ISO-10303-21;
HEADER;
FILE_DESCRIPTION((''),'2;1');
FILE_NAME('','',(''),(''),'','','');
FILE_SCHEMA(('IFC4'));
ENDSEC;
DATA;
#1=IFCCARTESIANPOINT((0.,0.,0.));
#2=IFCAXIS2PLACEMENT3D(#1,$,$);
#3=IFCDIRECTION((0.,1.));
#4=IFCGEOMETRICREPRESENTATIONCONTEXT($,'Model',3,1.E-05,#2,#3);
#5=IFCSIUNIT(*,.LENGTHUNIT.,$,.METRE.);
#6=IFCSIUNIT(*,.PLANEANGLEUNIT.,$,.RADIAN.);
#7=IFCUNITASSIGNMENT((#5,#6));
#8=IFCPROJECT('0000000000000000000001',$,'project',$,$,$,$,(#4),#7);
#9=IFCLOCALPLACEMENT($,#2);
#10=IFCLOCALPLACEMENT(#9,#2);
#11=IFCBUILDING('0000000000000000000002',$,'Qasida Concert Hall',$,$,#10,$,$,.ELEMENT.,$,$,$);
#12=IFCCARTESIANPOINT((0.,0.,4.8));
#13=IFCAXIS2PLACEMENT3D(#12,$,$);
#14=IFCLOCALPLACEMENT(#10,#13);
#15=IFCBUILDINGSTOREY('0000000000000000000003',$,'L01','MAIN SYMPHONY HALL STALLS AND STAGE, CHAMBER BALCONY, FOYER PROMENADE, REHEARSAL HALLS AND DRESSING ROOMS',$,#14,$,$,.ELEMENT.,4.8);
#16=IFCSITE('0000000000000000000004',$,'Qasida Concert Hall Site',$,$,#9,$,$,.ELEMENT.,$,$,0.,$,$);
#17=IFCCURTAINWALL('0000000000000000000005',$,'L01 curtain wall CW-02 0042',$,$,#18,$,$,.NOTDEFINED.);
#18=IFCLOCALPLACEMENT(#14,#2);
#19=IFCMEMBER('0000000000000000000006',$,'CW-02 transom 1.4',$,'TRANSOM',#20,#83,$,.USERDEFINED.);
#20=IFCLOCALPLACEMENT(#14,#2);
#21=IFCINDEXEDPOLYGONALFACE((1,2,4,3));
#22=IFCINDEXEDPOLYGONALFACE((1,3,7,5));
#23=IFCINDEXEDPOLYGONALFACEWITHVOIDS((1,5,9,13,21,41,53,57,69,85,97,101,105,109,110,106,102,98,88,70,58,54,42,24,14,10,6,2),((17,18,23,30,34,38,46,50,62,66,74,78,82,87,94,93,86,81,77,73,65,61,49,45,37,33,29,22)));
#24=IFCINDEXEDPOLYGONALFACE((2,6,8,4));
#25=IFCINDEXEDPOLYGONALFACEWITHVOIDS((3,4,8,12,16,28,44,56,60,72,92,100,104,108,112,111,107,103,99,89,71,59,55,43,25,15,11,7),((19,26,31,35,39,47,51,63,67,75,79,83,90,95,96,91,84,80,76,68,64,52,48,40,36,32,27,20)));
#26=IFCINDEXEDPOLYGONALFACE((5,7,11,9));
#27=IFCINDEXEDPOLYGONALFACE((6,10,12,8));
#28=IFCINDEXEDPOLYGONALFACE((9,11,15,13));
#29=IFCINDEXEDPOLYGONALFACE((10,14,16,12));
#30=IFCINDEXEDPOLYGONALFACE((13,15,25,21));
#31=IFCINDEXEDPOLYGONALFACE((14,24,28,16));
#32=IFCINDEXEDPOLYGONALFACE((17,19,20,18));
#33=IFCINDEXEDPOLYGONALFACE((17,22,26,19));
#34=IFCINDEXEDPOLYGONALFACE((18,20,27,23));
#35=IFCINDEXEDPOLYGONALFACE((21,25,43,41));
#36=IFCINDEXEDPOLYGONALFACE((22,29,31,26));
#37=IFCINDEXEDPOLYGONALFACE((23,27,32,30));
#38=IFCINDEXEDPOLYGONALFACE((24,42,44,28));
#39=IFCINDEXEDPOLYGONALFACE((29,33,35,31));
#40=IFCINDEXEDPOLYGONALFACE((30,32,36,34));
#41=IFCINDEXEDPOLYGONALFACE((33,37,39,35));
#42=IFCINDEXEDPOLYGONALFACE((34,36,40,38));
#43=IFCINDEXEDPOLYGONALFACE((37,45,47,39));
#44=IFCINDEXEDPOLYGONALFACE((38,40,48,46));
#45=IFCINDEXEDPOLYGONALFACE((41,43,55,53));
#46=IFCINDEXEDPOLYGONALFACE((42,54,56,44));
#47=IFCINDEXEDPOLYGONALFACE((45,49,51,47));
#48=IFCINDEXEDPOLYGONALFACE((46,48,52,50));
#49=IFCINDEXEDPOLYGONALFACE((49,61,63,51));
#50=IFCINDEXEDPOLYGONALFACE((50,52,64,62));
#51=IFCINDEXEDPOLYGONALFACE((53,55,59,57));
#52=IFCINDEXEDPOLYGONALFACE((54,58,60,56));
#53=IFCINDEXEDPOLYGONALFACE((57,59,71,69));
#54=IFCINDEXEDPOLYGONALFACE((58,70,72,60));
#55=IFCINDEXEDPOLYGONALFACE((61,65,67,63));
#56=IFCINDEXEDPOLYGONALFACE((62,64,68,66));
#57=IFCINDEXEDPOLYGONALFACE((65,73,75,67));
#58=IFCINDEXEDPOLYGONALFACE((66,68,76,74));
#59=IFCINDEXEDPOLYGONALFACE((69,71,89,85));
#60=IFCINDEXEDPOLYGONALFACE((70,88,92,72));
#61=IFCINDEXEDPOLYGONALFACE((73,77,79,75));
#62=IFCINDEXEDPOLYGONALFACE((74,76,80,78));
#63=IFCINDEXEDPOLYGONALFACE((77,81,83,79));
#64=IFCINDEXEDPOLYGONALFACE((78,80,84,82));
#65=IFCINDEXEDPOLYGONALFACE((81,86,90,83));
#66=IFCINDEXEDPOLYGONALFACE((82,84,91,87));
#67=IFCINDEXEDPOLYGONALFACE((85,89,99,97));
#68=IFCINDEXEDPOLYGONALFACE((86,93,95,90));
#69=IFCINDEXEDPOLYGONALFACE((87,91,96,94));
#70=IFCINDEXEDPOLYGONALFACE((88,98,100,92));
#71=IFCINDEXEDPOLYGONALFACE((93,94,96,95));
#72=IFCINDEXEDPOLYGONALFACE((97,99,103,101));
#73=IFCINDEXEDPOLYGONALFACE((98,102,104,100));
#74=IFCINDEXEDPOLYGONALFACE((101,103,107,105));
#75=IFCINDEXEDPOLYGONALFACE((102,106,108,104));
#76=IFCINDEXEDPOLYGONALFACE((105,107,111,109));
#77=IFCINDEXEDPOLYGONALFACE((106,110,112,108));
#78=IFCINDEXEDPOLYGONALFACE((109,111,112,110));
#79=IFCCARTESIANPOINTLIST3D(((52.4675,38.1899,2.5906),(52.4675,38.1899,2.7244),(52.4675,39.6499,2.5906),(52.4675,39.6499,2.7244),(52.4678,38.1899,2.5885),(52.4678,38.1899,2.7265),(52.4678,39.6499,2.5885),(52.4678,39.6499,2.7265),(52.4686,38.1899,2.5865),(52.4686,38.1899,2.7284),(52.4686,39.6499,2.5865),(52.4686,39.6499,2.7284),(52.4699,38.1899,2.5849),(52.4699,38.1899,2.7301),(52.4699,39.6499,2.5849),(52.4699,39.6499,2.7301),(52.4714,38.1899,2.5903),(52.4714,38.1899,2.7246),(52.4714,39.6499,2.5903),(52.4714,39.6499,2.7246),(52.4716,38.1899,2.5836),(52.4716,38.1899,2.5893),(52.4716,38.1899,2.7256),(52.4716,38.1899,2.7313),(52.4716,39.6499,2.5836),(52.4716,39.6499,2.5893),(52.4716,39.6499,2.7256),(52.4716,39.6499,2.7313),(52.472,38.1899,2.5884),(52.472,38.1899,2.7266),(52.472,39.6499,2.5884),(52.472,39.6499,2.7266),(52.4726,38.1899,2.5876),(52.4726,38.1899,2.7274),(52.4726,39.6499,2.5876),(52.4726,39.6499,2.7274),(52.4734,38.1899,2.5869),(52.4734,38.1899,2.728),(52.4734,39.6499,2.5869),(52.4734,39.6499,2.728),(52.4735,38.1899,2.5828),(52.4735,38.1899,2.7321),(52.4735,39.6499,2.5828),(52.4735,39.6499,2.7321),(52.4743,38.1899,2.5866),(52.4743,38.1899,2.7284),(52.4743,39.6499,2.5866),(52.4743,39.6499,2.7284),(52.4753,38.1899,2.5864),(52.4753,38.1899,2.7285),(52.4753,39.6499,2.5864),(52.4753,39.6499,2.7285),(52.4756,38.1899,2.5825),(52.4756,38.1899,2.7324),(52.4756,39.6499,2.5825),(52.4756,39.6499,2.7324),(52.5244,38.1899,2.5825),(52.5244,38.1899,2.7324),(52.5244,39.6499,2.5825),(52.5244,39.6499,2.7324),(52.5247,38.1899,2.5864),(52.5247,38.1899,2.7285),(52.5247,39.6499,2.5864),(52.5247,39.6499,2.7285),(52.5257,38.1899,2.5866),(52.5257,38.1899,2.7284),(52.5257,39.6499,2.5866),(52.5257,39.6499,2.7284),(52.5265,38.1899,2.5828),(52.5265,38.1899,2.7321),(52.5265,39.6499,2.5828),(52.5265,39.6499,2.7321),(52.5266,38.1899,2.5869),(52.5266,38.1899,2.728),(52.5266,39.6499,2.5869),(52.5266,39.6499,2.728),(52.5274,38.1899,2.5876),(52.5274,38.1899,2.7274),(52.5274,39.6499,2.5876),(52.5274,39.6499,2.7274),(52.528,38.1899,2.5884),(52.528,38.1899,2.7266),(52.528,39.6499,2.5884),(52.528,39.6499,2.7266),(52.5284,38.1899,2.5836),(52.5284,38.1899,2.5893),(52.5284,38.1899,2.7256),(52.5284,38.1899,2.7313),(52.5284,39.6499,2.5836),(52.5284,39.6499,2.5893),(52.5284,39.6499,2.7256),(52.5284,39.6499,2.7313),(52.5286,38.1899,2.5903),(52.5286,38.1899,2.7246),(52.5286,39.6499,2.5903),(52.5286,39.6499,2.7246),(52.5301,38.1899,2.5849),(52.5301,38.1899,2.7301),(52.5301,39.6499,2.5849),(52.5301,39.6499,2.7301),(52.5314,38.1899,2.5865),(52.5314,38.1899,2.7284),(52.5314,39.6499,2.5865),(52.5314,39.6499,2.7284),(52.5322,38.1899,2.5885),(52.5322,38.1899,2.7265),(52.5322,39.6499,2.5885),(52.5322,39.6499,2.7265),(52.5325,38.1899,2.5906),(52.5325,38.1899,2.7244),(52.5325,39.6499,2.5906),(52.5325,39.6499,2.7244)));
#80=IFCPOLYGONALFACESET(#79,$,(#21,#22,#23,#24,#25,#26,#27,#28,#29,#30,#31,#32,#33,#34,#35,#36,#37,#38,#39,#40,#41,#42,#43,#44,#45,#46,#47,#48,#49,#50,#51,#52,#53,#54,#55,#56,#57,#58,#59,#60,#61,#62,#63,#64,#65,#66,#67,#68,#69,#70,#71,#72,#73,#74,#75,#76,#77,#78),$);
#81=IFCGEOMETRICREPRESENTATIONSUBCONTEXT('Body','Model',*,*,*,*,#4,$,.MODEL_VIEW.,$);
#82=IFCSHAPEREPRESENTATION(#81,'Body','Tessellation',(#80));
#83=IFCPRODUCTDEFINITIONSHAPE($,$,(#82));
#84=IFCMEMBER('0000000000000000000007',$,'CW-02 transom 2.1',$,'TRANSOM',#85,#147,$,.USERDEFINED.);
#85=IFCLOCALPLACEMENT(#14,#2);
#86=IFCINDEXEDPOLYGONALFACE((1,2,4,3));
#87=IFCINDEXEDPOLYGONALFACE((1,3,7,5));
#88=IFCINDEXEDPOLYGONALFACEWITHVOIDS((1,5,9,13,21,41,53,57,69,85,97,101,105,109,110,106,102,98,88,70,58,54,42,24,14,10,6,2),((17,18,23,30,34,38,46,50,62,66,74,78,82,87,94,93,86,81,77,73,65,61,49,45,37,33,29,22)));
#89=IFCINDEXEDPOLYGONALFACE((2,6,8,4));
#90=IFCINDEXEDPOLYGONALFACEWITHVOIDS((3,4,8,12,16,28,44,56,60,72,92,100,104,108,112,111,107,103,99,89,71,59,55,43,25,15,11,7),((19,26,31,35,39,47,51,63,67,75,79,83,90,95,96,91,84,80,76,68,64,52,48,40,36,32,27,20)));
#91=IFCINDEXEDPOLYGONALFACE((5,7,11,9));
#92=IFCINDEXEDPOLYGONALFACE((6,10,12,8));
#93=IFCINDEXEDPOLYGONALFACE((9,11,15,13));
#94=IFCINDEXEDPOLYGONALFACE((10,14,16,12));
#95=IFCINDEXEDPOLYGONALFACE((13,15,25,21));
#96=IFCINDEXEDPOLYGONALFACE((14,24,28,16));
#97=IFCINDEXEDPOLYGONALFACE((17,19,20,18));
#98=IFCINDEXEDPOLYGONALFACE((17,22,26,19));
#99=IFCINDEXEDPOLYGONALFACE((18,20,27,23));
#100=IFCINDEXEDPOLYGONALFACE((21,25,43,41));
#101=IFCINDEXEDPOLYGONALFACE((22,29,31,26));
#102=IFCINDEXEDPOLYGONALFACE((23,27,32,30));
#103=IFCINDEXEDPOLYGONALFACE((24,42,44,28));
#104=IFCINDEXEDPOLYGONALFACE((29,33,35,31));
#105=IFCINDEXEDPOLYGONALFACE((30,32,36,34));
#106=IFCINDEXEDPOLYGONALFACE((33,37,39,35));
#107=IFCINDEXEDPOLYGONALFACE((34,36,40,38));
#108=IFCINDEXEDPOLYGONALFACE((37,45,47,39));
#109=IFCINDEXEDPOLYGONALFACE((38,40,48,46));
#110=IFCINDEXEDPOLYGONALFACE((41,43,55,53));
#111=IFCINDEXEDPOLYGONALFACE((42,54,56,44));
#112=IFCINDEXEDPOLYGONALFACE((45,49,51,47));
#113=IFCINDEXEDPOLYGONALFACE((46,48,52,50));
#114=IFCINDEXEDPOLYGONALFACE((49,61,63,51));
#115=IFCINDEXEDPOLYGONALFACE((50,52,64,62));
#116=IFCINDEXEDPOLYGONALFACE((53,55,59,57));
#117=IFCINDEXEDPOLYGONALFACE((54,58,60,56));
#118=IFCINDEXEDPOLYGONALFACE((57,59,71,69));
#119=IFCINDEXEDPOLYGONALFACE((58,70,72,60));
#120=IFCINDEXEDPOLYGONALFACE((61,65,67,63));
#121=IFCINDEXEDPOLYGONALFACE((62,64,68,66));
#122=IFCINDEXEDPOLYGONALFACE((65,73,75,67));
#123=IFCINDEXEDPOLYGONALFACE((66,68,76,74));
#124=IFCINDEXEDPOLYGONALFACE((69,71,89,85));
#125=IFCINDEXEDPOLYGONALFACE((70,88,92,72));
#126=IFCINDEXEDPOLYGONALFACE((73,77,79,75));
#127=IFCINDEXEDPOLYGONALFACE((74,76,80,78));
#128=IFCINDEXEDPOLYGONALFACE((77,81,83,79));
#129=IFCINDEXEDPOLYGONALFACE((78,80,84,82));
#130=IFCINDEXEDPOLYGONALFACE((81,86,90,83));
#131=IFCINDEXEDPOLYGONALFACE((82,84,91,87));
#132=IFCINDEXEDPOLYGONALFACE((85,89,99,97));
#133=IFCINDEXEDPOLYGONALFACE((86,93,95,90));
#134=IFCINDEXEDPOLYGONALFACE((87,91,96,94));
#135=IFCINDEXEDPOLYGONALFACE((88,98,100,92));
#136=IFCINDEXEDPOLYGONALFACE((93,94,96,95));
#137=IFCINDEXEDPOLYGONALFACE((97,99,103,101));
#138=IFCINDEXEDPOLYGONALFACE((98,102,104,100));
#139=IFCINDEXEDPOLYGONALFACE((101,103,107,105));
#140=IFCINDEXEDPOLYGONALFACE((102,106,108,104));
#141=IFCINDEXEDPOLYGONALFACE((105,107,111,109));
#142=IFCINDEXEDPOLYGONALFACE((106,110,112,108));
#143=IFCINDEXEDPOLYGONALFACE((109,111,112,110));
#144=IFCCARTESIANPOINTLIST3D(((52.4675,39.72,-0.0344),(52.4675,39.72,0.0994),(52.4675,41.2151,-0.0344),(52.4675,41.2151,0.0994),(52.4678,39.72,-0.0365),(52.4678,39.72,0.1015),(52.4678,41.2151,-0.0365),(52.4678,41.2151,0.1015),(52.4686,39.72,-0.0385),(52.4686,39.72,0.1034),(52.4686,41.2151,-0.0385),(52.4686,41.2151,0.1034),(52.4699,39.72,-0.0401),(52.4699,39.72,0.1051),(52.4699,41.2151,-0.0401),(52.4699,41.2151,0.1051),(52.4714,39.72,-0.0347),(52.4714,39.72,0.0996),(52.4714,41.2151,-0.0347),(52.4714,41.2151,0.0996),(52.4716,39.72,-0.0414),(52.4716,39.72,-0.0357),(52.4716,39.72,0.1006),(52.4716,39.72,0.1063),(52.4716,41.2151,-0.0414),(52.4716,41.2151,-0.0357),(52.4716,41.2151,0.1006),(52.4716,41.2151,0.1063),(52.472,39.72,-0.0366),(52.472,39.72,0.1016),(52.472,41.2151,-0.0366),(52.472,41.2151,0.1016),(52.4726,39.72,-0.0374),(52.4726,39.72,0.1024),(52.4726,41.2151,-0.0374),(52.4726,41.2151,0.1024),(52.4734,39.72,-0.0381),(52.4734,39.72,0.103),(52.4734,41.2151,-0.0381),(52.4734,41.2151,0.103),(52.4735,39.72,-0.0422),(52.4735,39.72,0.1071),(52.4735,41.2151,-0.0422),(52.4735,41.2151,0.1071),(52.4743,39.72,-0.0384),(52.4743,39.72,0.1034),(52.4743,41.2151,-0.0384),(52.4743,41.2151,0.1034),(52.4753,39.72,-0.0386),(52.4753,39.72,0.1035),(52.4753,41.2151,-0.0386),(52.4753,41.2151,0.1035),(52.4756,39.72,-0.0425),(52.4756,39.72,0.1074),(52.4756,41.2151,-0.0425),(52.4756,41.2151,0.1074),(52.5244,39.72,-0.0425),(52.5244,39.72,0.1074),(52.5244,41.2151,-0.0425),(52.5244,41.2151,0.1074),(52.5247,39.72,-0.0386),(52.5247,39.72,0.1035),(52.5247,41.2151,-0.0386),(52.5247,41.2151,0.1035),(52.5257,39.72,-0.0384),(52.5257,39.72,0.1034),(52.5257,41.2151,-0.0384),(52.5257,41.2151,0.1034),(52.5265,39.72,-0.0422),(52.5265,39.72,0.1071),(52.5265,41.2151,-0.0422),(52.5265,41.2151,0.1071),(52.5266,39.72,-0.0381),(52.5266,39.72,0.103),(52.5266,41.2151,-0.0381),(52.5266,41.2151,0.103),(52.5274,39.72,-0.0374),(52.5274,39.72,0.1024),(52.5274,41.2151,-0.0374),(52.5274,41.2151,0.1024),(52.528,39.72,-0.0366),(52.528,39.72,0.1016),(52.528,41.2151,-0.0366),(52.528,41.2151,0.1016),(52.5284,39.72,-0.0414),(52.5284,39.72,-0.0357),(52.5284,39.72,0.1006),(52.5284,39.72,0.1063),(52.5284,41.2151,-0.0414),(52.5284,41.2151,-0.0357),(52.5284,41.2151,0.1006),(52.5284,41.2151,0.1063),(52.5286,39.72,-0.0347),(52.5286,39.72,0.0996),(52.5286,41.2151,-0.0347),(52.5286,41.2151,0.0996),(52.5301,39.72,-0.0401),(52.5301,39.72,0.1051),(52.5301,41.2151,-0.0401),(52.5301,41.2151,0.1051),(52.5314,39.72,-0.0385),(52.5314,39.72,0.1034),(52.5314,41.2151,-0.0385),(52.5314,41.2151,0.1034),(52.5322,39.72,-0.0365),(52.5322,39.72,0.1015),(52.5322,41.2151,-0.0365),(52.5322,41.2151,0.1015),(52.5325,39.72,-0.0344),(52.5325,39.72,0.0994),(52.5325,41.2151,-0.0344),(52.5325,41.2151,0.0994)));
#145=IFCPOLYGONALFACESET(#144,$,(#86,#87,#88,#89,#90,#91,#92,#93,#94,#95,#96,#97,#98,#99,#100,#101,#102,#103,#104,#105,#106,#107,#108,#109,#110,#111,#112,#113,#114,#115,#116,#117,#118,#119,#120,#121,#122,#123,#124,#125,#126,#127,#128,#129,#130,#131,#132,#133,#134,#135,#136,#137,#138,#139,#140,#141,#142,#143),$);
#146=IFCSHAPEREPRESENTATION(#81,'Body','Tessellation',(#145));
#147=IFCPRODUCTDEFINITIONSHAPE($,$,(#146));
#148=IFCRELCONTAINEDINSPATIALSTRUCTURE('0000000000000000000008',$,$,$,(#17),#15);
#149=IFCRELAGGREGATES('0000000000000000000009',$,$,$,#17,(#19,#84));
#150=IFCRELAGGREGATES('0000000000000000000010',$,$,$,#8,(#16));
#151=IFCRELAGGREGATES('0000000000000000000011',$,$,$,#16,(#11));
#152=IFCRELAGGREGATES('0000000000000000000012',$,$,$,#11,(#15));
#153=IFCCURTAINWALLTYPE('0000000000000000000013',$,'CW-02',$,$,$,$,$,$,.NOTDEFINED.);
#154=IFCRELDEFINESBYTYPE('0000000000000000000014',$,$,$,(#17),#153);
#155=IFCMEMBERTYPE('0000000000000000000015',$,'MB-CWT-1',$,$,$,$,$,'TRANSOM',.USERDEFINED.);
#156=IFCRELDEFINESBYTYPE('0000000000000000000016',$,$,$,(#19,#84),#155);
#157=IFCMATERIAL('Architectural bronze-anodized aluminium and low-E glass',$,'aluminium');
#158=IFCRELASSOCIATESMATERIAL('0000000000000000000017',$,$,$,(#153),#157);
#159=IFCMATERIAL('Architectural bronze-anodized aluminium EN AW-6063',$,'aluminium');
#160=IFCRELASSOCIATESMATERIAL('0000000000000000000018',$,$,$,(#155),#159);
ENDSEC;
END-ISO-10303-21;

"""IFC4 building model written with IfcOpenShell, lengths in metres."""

from ifc_helpers import new_model, si_unit, direction, frame, origin, origin_2d, place, context, subcontext, project, spatial, hollow_rectangle, extrude, material, material_profile, profile_set, type_object, element, aggregate, save


model = new_model("IFC4")

# Units and contexts
model_context = context("Model", 3, precision=1e-05, world=origin(), true_north=direction((0.0, 1.0)))
body_context = subcontext(model_context, "Body", "Model", "MODEL_VIEW")
ifc_project = project(units=[si_unit("LENGTHUNIT", "METRE"), si_unit("PLANEANGLEUNIT", "RADIAN")], contexts=[model_context])

# Site, building, storey
site_placement = place(None, origin())
site = spatial("IfcSite", under=ifc_project, at=site_placement, Name="Qasida Concert Hall Site", CompositionType="ELEMENT", RefElevation=0.0)
building_placement = place(site_placement, origin())
building = spatial("IfcBuilding", under=site, at=building_placement, Name="Qasida Concert Hall", CompositionType="ELEMENT")
storey_placement = place(building_placement, frame((0.0, 0.0, 4.8)))
storey = spatial("IfcBuildingStorey", under=building, at=storey_placement, Name="L01", Description="MAIN SYMPHONY HALL STALLS AND STAGE, CHAMBER BALCONY, FOYER PROMENADE, REHEARSAL HALLS AND DRESSING ROOMS", CompositionType="ELEMENT", Elevation=4.8)

# Curtain wall, members
ifc_material_1 = material(Name="Architectural bronze-anodized aluminium and low-E glass", Category="aluminium")
curtain_wall_type = type_object("IfcCurtainWallType", Name="CW-02", PredefinedType="NOTDEFINED", material=ifc_material_1)
curtain_wall_placement = place(storey_placement, origin())
curtain_wall = element("IfcCurtainWall", 1, at=curtain_wall_placement, inside=storey, type_object=curtain_wall_type, Name="L01 curtain wall CW-02 0042", PredefinedType="NOTDEFINED")
ifc_material_2 = material(Name="Architectural bronze-anodized aluminium EN AW-6063", Category="aluminium")
ifc_material_profile_1 = material_profile(ifc_material_2, hollow_rectangle(XDim=0.0649, YDim=0.1499, WallThickness=0.0039, InnerFilletRadius=0.0039, OuterFilletRadius=0.0081, at=origin_2d()), Name="CWT 150x65x4")
ifc_profile_set_1 = profile_set([ifc_material_profile_1], Name="Architectural bronze-anodized aluminium EN AW-6063")
member_type_1 = type_object("IfcMemberType", Name="MB-CWT-1", ElementType="TRANSOM", PredefinedType="USERDEFINED", material=ifc_profile_set_1)
member_1_placement = place(storey_placement, frame((52.5, 38.1899, 2.6575), z_axis=(0.0, 1.0, 0.0), x_axis=(-1.0, 0.0, 0.0)))
member_1 = element("IfcMember", 2, at=member_1_placement, type_object=member_type_1, Name="CW-02 transom 1.4", ObjectType="TRANSOM", PredefinedType="USERDEFINED", context=body_context, shape_type="SweptSolid", body=[
    extrude(hollow_rectangle(XDim=0.0649, YDim=0.1499, WallThickness=0.0039, InnerFilletRadius=0.0039, OuterFilletRadius=0.0081, at=origin_2d()), origin(), (0.0, 0.0, 1.0), 1.46),
])
member_2_placement = place(storey_placement, frame((52.5, 39.72, 0.0325), z_axis=(0.0, 1.0, 0.0), x_axis=(-1.0, 0.0, 0.0)))
member_2 = element("IfcMember", 3, at=member_2_placement, type_object=member_type_1, Name="CW-02 transom 2.1", ObjectType="TRANSOM", PredefinedType="USERDEFINED", context=body_context, shape_type="SweptSolid", body=[
    extrude(hollow_rectangle(XDim=0.0649, YDim=0.1499, WallThickness=0.0039, InnerFilletRadius=0.0039, OuterFilletRadius=0.0081, at=origin_2d()), origin(), (0.0, 0.0, 1.0), 1.4951),
])
aggregate(curtain_wall, [member_1, member_2])

save(model, "model.ifc")
